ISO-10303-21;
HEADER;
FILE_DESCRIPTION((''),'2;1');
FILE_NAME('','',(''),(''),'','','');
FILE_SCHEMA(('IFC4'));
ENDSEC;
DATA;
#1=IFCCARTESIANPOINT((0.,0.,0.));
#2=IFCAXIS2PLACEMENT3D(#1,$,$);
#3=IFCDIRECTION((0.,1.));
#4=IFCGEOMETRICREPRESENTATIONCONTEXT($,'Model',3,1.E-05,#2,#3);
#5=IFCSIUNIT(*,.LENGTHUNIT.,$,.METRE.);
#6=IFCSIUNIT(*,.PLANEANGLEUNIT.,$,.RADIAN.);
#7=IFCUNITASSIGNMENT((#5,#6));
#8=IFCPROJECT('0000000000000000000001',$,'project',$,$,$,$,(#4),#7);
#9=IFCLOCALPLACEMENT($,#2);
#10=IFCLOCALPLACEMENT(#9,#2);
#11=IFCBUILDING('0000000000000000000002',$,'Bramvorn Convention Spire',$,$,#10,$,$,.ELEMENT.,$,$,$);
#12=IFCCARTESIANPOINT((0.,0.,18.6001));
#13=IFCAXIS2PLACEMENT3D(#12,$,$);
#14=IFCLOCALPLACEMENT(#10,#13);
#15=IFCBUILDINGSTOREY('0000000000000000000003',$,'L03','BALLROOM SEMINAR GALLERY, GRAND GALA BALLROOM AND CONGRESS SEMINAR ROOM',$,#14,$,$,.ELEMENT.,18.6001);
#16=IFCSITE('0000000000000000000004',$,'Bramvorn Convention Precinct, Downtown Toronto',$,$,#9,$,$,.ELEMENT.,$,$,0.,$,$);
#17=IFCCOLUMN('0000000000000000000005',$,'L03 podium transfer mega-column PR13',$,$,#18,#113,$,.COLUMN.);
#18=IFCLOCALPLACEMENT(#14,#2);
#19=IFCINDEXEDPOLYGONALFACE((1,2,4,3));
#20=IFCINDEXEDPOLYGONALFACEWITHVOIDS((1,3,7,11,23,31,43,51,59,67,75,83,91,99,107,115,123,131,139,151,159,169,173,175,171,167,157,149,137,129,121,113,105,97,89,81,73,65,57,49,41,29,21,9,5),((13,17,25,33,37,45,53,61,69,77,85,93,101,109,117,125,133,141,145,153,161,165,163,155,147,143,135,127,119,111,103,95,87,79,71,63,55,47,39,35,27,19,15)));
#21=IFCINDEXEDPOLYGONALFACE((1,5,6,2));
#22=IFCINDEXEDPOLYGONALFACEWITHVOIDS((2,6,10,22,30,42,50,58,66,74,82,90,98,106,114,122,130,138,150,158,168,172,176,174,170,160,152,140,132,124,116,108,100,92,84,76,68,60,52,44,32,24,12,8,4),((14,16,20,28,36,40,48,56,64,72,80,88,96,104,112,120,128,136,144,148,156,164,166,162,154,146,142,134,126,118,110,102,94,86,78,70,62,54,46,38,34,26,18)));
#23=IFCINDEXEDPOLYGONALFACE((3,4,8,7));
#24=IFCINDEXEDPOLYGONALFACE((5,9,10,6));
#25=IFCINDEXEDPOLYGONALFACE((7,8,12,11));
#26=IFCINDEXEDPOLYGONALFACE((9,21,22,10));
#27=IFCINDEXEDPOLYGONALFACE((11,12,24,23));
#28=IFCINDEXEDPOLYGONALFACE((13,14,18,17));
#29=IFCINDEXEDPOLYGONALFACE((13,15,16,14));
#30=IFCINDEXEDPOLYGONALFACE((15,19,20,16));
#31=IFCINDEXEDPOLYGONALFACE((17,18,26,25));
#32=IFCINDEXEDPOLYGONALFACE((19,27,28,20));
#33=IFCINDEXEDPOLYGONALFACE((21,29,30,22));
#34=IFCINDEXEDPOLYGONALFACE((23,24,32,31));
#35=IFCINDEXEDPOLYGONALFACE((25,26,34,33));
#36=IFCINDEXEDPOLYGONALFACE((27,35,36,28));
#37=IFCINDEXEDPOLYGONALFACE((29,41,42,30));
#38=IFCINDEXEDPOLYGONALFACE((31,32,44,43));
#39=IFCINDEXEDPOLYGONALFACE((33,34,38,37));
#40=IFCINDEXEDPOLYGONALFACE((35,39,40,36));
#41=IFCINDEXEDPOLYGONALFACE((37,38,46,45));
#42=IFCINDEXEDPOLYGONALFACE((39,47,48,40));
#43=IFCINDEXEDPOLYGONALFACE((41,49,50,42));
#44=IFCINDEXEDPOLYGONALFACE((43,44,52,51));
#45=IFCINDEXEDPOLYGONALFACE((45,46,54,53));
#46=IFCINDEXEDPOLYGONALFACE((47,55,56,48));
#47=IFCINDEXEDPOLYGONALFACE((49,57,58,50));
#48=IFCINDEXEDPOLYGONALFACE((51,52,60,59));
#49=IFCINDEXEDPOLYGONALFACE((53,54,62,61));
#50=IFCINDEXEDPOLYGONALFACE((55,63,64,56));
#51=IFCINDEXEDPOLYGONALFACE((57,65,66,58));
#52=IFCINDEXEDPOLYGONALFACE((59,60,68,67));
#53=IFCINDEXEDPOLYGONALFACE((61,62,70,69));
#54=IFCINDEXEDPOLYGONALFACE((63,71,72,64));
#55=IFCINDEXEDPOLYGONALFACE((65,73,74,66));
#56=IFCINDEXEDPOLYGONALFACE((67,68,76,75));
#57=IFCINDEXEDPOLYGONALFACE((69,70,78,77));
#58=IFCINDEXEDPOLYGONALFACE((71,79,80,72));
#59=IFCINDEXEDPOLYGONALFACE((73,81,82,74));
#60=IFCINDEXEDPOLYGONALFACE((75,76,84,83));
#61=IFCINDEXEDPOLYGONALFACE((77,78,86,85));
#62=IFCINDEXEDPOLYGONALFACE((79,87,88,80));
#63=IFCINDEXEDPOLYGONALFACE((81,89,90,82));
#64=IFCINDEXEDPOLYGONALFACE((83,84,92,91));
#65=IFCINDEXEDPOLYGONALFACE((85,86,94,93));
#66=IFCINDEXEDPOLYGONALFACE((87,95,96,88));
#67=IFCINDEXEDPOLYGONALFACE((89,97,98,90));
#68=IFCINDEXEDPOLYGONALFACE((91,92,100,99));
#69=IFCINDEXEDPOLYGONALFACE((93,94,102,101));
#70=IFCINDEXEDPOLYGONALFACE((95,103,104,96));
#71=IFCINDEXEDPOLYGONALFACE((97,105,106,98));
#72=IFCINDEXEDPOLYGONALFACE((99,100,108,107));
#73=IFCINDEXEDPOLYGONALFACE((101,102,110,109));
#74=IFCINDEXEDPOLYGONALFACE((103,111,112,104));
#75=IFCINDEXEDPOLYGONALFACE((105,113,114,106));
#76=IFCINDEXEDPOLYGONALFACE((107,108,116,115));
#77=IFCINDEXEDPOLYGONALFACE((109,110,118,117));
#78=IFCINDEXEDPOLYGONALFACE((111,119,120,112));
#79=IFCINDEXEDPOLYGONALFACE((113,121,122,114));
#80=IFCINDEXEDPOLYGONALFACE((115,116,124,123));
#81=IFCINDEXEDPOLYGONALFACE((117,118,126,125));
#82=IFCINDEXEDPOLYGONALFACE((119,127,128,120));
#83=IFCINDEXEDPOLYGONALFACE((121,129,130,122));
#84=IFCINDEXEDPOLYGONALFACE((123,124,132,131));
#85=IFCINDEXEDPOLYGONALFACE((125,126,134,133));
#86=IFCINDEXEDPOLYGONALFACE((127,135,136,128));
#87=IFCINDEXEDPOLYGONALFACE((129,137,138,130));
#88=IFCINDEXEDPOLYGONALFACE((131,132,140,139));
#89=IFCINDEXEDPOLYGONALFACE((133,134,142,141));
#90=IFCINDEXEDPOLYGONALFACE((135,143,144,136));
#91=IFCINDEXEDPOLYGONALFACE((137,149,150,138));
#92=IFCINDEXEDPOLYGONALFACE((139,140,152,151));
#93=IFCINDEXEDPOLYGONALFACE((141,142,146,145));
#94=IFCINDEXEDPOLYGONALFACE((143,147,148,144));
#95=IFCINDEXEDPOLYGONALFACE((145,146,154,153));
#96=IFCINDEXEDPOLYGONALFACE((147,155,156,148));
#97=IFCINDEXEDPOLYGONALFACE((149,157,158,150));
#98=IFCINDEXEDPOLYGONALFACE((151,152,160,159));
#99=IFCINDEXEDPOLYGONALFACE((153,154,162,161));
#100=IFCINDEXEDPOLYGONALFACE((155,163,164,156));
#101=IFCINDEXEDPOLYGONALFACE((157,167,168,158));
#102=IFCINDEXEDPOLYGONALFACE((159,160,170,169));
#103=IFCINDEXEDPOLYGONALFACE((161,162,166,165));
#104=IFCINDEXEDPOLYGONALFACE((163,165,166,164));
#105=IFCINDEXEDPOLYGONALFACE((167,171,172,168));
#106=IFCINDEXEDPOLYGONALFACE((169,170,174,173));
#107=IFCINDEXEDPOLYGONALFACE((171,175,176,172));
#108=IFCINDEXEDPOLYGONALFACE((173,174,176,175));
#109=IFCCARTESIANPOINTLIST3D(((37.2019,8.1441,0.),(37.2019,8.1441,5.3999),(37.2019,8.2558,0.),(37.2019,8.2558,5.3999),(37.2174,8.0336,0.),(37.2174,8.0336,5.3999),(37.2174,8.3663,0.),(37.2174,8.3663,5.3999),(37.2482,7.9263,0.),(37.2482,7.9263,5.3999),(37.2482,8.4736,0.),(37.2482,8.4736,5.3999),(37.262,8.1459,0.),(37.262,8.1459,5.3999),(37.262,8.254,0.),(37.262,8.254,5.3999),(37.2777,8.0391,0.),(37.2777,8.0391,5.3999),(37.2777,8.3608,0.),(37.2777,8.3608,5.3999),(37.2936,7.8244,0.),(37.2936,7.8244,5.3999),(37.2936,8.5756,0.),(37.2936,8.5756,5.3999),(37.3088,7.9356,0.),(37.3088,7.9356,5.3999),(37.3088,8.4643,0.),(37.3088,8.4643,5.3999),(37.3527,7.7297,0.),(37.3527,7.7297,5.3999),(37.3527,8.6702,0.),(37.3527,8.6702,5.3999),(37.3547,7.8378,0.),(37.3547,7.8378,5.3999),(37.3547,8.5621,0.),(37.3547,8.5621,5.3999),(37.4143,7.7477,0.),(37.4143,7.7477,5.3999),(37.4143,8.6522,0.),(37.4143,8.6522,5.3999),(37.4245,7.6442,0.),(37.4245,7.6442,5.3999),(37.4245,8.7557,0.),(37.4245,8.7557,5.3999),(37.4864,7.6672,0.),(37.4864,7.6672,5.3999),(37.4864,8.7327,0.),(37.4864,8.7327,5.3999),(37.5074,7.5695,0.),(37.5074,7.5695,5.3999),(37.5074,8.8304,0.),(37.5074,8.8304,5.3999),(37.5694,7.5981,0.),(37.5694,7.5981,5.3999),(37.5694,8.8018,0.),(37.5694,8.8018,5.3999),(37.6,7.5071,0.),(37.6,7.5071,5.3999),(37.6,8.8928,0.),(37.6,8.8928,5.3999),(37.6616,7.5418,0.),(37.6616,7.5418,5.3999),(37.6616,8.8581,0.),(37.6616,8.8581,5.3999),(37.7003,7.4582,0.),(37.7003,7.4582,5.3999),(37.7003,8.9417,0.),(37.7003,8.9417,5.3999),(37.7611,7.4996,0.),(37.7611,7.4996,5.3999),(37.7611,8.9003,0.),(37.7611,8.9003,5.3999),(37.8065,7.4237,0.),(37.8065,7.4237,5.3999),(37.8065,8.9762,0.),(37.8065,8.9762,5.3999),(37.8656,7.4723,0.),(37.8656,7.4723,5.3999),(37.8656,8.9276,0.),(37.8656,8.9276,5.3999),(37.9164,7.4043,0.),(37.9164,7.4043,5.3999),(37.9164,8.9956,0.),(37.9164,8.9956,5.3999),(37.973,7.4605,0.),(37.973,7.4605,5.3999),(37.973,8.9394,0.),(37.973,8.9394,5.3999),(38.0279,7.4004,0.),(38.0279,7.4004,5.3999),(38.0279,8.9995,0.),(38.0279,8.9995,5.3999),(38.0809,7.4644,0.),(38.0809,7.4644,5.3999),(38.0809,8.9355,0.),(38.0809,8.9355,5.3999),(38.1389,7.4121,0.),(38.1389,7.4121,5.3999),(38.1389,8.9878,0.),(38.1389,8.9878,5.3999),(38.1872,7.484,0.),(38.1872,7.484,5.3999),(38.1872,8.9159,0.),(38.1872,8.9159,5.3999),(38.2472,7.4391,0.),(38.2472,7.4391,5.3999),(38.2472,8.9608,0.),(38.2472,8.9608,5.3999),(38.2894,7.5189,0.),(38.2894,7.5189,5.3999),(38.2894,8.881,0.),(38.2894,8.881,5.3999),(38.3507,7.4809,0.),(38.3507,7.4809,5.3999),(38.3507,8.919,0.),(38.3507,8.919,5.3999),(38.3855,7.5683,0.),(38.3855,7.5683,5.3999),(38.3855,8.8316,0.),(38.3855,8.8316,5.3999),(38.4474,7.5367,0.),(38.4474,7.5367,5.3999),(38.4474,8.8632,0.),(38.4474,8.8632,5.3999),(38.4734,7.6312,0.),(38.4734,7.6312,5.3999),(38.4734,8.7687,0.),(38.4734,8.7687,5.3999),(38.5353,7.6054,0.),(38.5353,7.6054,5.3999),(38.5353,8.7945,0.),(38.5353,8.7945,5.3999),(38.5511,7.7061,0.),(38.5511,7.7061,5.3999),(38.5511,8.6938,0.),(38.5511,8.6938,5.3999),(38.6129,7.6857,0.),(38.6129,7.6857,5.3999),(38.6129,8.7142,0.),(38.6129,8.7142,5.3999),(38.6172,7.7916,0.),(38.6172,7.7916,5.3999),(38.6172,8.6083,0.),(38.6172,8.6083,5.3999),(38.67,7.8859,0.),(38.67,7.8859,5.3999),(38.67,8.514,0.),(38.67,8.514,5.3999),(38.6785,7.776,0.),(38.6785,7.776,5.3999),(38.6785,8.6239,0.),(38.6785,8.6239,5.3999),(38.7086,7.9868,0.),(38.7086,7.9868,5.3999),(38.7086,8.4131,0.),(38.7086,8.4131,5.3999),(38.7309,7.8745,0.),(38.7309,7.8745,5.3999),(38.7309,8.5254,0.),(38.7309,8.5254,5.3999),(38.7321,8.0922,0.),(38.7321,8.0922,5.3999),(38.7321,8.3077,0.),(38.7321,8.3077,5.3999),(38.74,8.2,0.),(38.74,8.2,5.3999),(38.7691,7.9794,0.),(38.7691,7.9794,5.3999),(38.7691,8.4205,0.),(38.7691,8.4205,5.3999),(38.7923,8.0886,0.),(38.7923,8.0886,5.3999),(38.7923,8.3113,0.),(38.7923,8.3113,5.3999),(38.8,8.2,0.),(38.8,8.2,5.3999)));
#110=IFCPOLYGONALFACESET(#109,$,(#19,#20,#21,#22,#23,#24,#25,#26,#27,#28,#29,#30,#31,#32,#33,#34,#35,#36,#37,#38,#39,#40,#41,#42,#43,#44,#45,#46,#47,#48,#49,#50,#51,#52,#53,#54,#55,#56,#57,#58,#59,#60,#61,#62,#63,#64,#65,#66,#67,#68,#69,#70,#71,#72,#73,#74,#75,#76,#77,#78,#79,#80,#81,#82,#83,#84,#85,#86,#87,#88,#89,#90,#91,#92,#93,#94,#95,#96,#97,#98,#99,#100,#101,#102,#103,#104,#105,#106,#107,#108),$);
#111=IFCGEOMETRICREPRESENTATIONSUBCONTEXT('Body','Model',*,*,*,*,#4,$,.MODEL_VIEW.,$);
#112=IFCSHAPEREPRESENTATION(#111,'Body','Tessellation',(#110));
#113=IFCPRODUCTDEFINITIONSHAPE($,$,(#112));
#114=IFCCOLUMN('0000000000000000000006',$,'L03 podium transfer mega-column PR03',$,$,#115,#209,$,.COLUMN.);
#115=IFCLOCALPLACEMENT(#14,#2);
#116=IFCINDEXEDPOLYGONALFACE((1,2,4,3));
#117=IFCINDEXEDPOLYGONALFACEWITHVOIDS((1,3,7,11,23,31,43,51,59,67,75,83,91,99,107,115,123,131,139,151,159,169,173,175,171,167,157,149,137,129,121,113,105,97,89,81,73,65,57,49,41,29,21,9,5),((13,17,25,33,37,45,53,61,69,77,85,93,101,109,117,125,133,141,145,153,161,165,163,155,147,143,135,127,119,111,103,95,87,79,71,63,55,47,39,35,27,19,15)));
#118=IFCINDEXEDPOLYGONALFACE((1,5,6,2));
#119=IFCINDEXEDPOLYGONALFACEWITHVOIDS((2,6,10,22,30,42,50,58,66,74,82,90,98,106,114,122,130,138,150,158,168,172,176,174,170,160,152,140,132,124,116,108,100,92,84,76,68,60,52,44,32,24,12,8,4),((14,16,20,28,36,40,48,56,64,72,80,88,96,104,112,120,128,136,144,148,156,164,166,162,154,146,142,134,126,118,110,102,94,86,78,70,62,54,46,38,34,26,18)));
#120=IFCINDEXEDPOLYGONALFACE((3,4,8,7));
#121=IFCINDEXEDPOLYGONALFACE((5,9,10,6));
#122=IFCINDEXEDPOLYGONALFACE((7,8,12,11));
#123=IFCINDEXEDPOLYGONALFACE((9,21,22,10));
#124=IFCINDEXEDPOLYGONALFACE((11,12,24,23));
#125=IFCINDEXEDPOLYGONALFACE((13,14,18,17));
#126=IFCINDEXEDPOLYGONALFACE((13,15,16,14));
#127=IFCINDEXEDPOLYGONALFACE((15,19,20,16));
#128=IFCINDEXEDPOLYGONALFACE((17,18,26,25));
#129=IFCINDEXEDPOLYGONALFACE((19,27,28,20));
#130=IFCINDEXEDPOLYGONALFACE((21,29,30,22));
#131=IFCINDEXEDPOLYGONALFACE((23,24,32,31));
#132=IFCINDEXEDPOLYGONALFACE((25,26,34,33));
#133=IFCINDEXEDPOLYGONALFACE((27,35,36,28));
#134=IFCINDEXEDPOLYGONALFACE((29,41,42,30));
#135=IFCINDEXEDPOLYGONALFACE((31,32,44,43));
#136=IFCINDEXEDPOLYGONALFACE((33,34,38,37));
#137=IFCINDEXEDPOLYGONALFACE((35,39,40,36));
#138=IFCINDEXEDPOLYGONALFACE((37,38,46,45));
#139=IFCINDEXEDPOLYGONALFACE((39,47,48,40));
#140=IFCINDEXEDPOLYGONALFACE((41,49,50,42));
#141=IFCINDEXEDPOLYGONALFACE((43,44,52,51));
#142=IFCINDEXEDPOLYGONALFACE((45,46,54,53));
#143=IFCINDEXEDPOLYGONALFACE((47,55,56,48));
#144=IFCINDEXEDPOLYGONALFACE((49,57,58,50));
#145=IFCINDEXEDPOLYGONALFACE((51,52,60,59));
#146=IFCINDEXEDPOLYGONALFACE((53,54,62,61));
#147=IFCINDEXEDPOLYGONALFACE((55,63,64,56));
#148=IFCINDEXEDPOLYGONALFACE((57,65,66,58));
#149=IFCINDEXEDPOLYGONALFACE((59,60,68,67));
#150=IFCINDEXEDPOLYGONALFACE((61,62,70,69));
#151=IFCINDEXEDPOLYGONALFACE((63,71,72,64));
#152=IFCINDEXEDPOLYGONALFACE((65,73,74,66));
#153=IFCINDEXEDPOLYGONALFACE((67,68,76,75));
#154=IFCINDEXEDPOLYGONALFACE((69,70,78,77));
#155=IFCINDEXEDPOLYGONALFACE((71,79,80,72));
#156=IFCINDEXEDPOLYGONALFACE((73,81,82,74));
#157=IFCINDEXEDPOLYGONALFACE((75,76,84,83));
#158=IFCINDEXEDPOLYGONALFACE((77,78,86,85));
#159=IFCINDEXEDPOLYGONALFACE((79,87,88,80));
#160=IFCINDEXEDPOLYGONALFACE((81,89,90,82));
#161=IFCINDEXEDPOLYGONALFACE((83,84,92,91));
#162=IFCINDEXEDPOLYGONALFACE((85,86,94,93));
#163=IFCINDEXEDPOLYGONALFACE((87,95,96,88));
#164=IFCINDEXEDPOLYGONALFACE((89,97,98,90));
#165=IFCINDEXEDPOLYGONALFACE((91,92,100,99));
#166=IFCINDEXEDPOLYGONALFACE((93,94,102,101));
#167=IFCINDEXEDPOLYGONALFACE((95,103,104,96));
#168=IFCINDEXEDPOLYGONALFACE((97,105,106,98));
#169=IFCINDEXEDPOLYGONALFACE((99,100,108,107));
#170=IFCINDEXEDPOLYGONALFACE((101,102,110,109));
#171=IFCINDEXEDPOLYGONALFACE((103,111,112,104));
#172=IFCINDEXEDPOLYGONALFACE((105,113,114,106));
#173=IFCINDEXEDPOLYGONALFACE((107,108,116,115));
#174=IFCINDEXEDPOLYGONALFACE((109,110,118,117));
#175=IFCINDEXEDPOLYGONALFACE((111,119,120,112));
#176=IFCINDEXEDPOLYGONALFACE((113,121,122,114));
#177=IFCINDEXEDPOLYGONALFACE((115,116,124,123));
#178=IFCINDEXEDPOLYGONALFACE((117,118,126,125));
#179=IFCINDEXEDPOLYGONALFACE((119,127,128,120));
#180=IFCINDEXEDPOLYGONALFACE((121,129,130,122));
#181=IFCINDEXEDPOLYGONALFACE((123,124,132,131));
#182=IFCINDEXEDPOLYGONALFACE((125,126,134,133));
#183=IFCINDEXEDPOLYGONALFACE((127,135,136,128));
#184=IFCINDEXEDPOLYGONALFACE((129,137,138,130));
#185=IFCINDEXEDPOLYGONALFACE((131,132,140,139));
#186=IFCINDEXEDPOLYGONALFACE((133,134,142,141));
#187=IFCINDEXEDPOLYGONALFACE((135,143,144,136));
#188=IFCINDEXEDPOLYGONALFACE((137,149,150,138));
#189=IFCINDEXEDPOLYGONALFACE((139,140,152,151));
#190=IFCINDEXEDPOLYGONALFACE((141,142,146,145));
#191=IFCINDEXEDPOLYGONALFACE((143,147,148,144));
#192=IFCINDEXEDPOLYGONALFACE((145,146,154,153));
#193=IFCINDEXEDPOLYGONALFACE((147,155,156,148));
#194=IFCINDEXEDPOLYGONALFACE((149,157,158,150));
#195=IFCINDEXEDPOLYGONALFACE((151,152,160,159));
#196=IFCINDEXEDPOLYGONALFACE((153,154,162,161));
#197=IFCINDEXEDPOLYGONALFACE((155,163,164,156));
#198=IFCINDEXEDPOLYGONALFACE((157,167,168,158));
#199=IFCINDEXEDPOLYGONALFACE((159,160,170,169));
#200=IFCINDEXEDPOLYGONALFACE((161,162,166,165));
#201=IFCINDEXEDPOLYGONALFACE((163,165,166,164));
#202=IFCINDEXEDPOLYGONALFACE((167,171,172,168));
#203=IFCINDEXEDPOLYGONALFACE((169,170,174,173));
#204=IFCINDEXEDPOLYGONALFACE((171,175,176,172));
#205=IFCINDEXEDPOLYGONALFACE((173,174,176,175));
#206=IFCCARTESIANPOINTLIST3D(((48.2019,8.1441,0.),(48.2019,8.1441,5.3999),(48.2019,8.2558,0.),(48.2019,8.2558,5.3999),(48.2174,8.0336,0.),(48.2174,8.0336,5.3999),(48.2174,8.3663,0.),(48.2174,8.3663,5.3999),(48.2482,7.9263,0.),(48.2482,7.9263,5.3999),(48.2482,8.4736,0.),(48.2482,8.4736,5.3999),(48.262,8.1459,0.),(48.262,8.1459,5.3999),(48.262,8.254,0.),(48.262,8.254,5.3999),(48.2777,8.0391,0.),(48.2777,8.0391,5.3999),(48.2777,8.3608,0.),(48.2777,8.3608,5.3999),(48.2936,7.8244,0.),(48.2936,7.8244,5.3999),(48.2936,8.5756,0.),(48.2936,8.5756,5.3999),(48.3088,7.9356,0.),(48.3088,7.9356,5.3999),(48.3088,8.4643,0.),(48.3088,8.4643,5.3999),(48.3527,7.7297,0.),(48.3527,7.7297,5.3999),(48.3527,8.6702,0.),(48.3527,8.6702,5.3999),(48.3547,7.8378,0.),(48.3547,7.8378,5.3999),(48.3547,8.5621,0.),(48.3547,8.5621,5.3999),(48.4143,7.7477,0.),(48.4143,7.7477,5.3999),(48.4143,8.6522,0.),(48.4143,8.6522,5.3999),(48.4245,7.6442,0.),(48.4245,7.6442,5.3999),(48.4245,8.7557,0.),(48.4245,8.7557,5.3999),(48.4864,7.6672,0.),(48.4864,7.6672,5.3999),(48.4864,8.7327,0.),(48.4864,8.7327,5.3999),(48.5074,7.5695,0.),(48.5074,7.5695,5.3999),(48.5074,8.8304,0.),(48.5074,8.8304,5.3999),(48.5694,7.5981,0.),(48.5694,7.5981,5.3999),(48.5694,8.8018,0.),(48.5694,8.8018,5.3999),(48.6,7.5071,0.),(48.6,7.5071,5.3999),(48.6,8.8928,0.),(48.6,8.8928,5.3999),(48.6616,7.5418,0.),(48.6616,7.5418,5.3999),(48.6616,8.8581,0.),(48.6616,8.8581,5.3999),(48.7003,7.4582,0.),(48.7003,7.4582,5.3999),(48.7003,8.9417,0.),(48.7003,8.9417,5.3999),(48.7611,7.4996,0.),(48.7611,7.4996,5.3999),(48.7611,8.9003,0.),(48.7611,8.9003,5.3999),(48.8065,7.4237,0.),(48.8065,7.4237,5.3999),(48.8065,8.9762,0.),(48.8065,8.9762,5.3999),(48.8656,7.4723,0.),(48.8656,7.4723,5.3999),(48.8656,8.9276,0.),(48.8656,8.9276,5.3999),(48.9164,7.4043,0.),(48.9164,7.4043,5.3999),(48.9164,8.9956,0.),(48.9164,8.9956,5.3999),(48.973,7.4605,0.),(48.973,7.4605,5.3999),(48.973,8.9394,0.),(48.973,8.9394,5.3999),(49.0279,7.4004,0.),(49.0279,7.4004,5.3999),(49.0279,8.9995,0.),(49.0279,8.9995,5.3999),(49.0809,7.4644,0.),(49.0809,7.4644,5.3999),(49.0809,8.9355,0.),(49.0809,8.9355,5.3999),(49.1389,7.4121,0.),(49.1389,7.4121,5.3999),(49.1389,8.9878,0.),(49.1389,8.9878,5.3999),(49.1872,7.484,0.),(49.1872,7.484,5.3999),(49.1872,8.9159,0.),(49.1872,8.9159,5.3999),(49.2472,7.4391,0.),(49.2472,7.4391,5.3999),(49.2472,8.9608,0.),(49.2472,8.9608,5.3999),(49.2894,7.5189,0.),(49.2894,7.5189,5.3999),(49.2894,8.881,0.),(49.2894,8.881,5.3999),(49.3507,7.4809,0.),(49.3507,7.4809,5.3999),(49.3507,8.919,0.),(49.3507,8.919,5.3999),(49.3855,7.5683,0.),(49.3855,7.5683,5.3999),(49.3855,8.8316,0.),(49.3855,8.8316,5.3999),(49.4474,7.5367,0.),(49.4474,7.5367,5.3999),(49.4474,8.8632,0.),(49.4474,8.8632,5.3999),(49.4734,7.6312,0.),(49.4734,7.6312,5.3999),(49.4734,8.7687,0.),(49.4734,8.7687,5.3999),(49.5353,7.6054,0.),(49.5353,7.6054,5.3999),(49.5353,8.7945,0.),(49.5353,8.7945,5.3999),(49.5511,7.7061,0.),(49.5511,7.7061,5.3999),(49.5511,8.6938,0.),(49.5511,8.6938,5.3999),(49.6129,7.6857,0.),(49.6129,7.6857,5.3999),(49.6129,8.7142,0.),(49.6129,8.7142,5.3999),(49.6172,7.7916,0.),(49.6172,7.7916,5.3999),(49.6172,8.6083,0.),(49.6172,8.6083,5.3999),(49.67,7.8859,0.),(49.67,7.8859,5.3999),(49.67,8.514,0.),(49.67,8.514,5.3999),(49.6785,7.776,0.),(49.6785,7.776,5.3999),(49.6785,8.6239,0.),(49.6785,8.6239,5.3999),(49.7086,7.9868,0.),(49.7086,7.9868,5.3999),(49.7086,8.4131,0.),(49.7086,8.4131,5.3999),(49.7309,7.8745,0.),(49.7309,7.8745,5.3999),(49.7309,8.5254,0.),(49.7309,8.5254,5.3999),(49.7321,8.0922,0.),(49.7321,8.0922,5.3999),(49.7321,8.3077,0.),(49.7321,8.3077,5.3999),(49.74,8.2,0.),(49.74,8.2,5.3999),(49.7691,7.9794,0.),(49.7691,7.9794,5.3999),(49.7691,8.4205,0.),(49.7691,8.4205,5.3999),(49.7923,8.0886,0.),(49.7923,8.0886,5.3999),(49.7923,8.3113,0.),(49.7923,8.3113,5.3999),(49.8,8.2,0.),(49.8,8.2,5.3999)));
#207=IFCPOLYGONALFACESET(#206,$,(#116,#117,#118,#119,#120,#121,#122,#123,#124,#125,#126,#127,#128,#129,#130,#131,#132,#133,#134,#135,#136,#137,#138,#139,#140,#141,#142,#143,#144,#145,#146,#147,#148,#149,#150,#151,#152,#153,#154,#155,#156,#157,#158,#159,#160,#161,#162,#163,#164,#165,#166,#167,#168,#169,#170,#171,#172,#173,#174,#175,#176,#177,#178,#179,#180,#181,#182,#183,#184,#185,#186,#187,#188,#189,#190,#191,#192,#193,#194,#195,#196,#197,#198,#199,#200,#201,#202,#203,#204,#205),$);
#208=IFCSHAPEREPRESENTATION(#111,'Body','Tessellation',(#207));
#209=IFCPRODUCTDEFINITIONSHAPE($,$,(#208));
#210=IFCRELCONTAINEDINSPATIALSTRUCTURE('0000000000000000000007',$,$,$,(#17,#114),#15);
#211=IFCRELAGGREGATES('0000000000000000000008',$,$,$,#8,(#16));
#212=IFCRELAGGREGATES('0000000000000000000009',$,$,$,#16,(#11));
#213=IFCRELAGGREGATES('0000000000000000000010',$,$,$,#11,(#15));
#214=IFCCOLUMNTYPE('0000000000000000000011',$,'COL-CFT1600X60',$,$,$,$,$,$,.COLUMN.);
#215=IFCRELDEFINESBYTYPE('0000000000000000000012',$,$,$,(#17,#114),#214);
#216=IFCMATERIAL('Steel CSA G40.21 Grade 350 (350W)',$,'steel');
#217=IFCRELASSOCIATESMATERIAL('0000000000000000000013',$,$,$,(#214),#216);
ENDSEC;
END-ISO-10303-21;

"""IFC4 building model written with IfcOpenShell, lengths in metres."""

from ifc_helpers import new_model, si_unit, direction, frame, origin, origin_2d, place, context, subcontext, project, spatial, hollow_circle, extrude, material, material_profile, profile_set, type_object, element, save


model = new_model("IFC4")

# Units and contexts
model_context = context("Model", 3, precision=1e-05, world=origin(), true_north=direction((0.0, 1.0)))
body_context = subcontext(model_context, "Body", "Model", "MODEL_VIEW")
ifc_project = project(units=[si_unit("LENGTHUNIT", "METRE"), si_unit("PLANEANGLEUNIT", "RADIAN")], contexts=[model_context])

# Site, building, storey
site_placement = place(None, origin())
site = spatial("IfcSite", under=ifc_project, at=site_placement, Name="Bramvorn Convention Precinct, Downtown Toronto", CompositionType="ELEMENT", RefElevation=0.0)
building_placement = place(site_placement, origin())
building = spatial("IfcBuilding", under=site, at=building_placement, Name="Bramvorn Convention Spire", CompositionType="ELEMENT")
storey_placement = place(building_placement, frame((0.0, 0.0, 18.6001)))
storey = spatial("IfcBuildingStorey", under=building, at=storey_placement, Name="L03", Description="BALLROOM SEMINAR GALLERY, GRAND GALA BALLROOM AND CONGRESS SEMINAR ROOM", CompositionType="ELEMENT", Elevation=18.6001)

# Columns
ifc_material_1 = material(Name="Steel CSA G40.21 Grade 350 (350W)", Category="steel")
ifc_material_profile_1 = material_profile(ifc_material_1, hollow_circle(Radius=0.8, WallThickness=0.0601, at=origin_2d()))
ifc_profile_set_1 = profile_set([ifc_material_profile_1], Name="Steel CSA G40.21 Grade 350 (350W) - CFT1600X60")
column_type_1 = type_object("IfcColumnType", Name="COL-CFT1600X60", PredefinedType="COLUMN", material=ifc_profile_set_1)
for number, where, z_axis, x_axis, name in (
    (1, (38.0, 8.2, 0.0), (0.0, 0.0, 1.0), (1.0, 0.0, 0.0), "L03 podium transfer mega-column PR13"),
    (2, (49.0, 8.2, 0.0), (0.0, 0.0, 1.0), (1.0, 0.0, 0.0), "L03 podium transfer mega-column PR03"),
):
    element("IfcColumn", number, at=place(storey_placement, frame(where, z_axis=z_axis, x_axis=x_axis)), inside=storey, type_object=column_type_1, Name=name, PredefinedType="COLUMN", context=body_context, shape_type="SweptSolid", body=[
        extrude(hollow_circle(Radius=0.8, WallThickness=0.0601, at=origin_2d()), origin(), (0.0, 0.0, 1.0), 5.3999),
    ])

save(model, "model.ifc")
